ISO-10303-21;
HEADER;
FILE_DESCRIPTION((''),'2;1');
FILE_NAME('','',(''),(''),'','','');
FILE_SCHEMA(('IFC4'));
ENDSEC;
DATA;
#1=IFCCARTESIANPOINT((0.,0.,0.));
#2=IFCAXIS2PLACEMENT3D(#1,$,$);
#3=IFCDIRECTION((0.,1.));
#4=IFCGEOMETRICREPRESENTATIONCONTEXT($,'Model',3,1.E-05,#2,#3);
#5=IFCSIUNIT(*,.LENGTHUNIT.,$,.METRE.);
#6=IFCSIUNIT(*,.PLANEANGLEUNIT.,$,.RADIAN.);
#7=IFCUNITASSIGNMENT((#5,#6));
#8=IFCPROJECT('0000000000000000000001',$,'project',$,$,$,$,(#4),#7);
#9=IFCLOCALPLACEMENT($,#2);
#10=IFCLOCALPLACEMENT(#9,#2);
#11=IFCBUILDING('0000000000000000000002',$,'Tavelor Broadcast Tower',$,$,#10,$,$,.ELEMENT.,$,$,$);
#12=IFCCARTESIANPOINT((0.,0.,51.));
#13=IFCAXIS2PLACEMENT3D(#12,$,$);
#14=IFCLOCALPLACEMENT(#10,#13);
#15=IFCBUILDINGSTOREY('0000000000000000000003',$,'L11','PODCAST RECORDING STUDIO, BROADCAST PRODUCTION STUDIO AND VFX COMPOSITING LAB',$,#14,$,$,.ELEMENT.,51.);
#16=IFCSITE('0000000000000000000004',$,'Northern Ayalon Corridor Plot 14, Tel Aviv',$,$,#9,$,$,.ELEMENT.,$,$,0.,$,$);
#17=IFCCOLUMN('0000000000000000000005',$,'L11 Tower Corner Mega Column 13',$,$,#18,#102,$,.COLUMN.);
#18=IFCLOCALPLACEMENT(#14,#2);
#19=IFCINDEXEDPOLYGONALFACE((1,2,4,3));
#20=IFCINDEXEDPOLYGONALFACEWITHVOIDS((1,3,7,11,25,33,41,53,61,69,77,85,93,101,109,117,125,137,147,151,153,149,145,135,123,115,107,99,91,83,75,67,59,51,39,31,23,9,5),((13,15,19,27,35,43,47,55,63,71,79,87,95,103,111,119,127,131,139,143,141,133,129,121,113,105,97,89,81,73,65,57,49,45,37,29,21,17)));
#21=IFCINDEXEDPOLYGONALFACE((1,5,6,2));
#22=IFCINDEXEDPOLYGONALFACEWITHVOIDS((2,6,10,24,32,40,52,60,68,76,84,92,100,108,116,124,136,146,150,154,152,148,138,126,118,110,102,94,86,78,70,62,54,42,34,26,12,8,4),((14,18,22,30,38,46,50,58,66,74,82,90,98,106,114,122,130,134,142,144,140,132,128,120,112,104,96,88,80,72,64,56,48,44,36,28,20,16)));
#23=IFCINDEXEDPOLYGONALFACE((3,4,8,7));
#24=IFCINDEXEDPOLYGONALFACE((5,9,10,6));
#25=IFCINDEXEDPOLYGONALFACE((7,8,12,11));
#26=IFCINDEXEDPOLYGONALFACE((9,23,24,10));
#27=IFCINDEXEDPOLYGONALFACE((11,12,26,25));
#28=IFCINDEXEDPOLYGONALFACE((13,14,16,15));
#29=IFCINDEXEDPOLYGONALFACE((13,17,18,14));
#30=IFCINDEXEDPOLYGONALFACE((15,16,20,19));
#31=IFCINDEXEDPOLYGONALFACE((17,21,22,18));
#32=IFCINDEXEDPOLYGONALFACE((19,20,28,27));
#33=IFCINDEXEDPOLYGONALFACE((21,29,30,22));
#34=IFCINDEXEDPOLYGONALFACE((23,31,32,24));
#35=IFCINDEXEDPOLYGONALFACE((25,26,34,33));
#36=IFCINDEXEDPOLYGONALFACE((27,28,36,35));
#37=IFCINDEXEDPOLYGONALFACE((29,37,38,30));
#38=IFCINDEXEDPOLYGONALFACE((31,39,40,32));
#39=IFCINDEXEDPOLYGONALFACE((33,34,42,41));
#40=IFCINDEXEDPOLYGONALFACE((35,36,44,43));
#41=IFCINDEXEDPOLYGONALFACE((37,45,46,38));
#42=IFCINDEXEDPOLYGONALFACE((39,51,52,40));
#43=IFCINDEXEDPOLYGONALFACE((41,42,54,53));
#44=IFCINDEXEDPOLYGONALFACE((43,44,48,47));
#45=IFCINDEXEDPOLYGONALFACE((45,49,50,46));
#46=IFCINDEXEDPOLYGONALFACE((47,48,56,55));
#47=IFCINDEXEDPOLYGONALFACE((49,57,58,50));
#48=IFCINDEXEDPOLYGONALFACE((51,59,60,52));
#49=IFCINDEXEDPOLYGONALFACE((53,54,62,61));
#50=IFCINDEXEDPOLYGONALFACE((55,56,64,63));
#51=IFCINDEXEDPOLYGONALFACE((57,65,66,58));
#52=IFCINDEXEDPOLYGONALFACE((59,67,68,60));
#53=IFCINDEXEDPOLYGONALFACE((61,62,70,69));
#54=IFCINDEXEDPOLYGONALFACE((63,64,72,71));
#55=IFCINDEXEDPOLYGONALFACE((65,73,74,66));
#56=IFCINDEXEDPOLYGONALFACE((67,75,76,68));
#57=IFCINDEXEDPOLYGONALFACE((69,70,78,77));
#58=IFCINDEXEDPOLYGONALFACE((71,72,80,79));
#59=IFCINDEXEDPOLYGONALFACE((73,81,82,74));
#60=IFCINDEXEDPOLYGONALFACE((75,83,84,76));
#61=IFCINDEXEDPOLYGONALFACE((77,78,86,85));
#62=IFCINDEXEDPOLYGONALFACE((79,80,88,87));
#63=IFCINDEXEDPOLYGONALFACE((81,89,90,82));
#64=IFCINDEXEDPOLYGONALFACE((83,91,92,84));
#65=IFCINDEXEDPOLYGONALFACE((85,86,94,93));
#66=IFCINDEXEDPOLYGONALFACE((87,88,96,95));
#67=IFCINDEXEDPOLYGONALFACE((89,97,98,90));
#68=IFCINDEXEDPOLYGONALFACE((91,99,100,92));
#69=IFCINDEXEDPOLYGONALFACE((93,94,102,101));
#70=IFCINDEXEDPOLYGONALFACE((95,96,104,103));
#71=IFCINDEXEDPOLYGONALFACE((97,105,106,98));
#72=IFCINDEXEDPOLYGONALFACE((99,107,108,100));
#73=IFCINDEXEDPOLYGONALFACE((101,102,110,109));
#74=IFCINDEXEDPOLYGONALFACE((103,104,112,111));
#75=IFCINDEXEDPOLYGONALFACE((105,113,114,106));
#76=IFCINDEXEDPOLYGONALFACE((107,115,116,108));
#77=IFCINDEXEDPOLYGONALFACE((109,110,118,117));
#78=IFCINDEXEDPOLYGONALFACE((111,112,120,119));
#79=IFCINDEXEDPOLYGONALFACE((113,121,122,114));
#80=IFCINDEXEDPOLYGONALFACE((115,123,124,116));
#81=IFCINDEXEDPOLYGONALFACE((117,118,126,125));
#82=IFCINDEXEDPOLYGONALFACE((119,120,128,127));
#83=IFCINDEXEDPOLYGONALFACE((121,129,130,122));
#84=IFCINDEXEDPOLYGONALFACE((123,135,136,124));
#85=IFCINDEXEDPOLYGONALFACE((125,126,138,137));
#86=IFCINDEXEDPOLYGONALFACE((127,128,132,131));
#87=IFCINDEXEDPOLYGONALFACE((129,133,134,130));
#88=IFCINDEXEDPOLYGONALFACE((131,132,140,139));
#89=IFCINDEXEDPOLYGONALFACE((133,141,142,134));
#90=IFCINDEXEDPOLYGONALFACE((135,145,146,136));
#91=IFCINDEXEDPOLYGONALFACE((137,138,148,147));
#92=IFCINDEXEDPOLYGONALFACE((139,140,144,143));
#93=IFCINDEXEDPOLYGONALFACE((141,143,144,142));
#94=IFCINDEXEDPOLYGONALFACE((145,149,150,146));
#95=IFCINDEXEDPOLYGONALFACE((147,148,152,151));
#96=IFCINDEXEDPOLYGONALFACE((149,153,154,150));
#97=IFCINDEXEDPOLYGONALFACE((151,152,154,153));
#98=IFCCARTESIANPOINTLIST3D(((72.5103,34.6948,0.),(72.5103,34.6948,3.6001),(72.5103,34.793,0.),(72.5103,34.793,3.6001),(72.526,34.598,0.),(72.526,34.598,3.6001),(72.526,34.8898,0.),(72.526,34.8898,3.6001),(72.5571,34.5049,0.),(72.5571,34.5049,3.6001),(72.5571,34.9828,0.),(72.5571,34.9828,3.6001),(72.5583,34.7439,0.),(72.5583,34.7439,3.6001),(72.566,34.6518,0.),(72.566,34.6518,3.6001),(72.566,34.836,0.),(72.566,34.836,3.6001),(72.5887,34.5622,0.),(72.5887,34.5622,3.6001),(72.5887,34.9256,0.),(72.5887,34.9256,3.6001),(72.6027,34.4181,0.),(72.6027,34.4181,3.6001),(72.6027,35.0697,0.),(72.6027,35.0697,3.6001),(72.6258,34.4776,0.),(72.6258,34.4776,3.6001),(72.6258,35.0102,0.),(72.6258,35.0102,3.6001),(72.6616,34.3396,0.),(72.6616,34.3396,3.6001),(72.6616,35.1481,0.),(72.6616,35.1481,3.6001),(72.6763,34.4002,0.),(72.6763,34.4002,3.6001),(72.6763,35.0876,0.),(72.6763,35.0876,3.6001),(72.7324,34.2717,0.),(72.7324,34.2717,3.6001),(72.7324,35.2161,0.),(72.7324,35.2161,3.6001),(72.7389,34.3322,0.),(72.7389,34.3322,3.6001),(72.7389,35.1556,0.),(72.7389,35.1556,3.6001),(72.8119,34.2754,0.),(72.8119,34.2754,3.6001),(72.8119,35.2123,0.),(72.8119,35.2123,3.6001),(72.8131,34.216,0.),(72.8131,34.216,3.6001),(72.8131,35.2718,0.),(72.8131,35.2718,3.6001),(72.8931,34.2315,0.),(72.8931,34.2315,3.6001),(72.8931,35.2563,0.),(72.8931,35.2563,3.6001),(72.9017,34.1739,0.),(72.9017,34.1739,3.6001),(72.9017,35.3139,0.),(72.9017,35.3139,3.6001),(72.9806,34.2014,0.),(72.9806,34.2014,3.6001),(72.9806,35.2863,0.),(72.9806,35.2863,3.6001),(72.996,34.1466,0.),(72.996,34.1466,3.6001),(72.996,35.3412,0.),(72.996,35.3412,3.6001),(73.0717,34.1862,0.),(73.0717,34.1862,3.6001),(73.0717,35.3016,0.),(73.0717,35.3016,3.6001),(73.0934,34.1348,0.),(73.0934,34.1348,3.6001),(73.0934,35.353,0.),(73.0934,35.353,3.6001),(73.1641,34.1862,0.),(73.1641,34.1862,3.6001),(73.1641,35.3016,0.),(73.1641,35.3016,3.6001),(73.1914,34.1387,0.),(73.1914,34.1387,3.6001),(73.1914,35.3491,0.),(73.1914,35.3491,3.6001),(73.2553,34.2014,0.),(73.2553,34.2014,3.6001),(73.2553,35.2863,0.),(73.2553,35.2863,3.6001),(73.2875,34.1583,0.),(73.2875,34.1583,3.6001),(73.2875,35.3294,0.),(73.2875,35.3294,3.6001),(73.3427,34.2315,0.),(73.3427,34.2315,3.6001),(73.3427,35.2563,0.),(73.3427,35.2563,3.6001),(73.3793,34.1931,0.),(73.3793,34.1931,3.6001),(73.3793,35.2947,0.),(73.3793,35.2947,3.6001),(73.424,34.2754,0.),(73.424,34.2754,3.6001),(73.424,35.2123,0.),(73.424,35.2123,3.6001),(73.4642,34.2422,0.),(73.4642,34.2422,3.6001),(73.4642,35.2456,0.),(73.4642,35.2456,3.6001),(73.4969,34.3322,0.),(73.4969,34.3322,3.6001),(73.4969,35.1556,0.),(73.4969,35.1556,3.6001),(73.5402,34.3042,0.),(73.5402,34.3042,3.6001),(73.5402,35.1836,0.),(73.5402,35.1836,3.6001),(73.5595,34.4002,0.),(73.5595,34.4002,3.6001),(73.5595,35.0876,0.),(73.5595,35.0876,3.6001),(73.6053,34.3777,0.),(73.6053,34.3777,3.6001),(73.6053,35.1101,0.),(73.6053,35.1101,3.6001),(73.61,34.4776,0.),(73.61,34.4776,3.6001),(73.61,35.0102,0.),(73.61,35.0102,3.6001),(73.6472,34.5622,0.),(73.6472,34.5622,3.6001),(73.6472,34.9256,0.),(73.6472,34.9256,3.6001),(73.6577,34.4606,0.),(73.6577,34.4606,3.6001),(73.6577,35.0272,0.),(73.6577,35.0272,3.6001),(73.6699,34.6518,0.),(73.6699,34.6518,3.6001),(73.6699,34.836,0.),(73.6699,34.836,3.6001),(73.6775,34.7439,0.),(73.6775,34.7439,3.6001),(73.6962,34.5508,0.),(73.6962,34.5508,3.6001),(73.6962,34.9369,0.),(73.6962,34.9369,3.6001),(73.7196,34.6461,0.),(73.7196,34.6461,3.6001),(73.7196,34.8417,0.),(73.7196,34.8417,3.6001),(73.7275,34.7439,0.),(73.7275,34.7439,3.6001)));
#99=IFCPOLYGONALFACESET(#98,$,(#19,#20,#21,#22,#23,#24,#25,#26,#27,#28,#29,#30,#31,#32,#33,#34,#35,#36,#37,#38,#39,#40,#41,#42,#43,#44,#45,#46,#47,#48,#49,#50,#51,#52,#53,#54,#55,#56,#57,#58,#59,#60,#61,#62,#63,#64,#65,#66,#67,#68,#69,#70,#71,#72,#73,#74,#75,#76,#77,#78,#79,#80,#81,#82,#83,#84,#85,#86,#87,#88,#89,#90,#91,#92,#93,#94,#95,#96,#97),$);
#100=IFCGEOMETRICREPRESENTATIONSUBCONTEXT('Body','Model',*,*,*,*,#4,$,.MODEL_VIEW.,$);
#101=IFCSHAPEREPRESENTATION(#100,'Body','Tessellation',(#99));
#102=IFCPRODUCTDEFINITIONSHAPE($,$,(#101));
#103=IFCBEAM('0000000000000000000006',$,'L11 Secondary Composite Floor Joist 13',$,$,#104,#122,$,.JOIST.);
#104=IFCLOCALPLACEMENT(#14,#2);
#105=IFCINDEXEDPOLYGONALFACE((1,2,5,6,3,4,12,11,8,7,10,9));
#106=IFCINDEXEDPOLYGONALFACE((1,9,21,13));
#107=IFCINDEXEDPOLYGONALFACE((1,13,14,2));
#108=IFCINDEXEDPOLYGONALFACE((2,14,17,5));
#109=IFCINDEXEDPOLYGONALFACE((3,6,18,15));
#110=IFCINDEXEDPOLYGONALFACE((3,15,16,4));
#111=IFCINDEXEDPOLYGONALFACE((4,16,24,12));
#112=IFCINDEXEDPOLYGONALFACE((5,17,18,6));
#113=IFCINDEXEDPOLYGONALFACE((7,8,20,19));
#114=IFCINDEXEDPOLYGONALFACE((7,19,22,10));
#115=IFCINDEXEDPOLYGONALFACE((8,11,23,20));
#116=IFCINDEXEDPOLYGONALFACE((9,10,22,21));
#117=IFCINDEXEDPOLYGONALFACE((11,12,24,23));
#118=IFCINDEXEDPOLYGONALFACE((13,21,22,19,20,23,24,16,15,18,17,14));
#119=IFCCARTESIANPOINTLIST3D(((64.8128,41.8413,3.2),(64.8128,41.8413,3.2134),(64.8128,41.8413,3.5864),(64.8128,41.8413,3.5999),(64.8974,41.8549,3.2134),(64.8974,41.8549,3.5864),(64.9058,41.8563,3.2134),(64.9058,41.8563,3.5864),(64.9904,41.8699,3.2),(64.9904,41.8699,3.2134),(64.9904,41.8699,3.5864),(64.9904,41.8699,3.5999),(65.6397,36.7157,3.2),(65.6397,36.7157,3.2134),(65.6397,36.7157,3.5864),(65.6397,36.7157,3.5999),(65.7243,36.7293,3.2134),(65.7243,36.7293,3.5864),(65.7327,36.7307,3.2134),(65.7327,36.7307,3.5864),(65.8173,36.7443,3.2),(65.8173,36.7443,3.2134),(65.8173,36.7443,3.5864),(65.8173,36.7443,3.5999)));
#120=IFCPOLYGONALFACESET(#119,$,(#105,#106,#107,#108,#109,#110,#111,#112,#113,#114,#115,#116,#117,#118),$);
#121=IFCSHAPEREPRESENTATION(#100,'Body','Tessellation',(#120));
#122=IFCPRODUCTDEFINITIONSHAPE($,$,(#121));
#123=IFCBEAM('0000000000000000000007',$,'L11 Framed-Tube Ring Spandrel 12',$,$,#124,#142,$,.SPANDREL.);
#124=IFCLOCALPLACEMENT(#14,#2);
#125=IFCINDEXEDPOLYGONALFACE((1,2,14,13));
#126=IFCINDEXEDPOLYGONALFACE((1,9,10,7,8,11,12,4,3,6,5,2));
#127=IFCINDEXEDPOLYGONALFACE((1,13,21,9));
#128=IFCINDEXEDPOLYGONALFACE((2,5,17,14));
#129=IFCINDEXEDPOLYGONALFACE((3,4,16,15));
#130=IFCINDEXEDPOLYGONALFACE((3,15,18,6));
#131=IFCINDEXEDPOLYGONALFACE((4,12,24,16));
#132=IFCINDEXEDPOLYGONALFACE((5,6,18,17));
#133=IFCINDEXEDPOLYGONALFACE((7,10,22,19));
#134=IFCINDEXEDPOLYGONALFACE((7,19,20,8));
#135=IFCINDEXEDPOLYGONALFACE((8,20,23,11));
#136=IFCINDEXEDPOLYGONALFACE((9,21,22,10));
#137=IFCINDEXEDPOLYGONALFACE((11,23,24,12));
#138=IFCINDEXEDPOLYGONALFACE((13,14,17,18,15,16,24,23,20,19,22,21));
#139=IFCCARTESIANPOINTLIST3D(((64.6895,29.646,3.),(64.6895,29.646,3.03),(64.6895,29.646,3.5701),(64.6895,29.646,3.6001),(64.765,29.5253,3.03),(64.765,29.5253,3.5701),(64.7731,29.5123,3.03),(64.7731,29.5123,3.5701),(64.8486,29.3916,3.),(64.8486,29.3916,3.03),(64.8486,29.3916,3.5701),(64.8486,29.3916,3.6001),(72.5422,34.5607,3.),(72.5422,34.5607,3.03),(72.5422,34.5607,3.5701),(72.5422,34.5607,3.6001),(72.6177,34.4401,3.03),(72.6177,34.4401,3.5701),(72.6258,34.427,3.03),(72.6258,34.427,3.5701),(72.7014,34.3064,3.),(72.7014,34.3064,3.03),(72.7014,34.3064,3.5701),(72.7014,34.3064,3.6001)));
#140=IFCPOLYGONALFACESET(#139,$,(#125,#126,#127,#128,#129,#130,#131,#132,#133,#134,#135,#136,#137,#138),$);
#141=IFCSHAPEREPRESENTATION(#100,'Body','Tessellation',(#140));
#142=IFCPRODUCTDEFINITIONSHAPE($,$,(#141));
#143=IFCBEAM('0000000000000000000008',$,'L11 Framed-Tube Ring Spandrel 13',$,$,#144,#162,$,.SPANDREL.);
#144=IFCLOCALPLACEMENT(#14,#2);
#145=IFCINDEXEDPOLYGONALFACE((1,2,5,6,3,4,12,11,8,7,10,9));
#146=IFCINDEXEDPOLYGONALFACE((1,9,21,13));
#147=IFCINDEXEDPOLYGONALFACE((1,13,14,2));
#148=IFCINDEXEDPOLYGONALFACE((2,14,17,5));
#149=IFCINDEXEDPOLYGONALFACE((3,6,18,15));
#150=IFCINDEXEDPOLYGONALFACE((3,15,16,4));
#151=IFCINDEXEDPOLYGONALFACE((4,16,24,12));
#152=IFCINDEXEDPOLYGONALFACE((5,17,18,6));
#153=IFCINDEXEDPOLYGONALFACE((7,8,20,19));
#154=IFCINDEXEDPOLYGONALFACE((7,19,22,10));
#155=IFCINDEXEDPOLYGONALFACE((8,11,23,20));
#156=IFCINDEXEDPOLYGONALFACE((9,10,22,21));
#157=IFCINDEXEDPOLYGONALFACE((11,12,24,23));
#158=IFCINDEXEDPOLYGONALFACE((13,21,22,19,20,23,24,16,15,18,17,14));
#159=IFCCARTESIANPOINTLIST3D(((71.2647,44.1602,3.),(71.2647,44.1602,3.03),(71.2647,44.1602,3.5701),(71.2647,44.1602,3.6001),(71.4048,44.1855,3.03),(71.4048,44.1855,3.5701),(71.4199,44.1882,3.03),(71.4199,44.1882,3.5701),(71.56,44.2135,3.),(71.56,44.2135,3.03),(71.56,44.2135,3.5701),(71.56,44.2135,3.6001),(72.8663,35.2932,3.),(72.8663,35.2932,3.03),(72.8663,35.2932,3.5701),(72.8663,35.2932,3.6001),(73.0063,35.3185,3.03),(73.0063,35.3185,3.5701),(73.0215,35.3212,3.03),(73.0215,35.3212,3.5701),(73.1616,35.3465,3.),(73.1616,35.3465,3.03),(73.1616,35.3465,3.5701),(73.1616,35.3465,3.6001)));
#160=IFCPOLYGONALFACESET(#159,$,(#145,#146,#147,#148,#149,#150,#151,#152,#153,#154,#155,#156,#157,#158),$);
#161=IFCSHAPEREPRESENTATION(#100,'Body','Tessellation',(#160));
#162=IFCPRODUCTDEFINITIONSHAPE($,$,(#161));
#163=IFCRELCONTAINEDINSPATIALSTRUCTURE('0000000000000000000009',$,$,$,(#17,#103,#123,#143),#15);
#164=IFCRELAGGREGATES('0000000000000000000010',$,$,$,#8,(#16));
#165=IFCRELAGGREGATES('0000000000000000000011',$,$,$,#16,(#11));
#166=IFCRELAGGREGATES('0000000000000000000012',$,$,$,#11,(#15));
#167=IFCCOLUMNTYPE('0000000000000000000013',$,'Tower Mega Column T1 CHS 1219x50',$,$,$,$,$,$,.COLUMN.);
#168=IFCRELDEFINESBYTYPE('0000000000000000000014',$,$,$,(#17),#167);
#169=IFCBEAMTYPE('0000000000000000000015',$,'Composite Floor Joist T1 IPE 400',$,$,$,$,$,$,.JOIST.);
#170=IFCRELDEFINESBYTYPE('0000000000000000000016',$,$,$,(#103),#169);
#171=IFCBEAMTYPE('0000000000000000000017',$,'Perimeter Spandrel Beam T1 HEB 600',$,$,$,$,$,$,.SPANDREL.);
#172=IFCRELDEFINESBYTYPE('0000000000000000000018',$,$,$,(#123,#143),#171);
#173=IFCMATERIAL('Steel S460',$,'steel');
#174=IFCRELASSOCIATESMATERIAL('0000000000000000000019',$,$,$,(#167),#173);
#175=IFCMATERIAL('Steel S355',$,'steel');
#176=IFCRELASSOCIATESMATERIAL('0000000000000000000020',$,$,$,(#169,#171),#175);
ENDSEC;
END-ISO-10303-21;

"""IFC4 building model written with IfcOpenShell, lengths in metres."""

from ifc_helpers import new_model, si_unit, direction, frame, origin, origin_2d, place, context, subcontext, project, spatial, hollow_circle, i_section, extrude, material, material_profile, profile_set, type_object, element, save


model = new_model("IFC4")

# Units and contexts
model_context = context("Model", 3, precision=1e-05, world=origin(), true_north=direction((0.0, 1.0)))
body_context = subcontext(model_context, "Body", "Model", "MODEL_VIEW")
ifc_project = project(units=[si_unit("LENGTHUNIT", "METRE"), si_unit("PLANEANGLEUNIT", "RADIAN")], contexts=[model_context])

# Site, building, storey
site_placement = place(None, origin())
site = spatial("IfcSite", under=ifc_project, at=site_placement, Name="Northern Ayalon Corridor Plot 14, Tel Aviv", CompositionType="ELEMENT", RefElevation=0.0)
building_placement = place(site_placement, origin())
building = spatial("IfcBuilding", under=site, at=building_placement, Name="Tavelor Broadcast Tower", CompositionType="ELEMENT")
storey_placement = place(building_placement, frame((0.0, 0.0, 51.0)))
storey = spatial("IfcBuildingStorey", under=building, at=storey_placement, Name="L11", Description="PODCAST RECORDING STUDIO, BROADCAST PRODUCTION STUDIO AND VFX COMPOSITING LAB", CompositionType="ELEMENT", Elevation=51.0)

# Column
ifc_material_1 = material(Name="Steel S460", Category="steel")
ifc_material_profile_1 = material_profile(ifc_material_1, hollow_circle(Radius=0.6096, WallThickness=0.05, at=origin_2d()), Name="CHS 1219x50")
ifc_profile_set_1 = profile_set([ifc_material_profile_1], Name="Steel S460")
column_type = type_object("IfcColumnType", Name="Tower Mega Column T1 CHS 1219x50", PredefinedType="COLUMN", material=ifc_profile_set_1)
column_placement = place(storey_placement, frame((73.1179, 34.7439, 0.0), z_axis=(0.0, 0.0, 1.0), x_axis=(1.0, 0.0, 0.0)))
element("IfcColumn", 1, at=column_placement, inside=storey, type_object=column_type, Name="L11 Tower Corner Mega Column 13", PredefinedType="COLUMN", context=body_context, shape_type="SweptSolid", body=[
    extrude(hollow_circle(Radius=0.6096, WallThickness=0.05, at=origin_2d()), origin(), (0.0, 0.0, 1.0), 3.6001),
])

# Beams
ifc_material_2 = material(Name="Steel S355", Category="steel")
ifc_material_profile_2 = material_profile(ifc_material_2, i_section(OverallWidth=0.1799, OverallDepth=0.3999, WebThickness=0.0085, FlangeThickness=0.0134, at=origin_2d()), Name="IPE 400")
ifc_profile_set_2 = profile_set([ifc_material_profile_2], Name="Steel S355")
beam_type_1 = type_object("IfcBeamType", Name="Composite Floor Joist T1 IPE 400", PredefinedType="JOIST", material=ifc_profile_set_2)
beam_1_placement = place(storey_placement, frame((65.7285, 36.73, 3.3999), z_axis=(-0.159265, 0.987236, 0.0), x_axis=(-0.987236, -0.159265, 0.0)))
element("IfcBeam", 2, at=beam_1_placement, inside=storey, type_object=beam_type_1, Name="L11 Secondary Composite Floor Joist 13", PredefinedType="JOIST", context=body_context, shape_type="SweptSolid", body=[
    extrude(i_section(OverallWidth=0.1799, OverallDepth=0.3999, WebThickness=0.0085, FlangeThickness=0.0134, at=origin_2d()), origin(), (0.0, 0.0, 1.0), 5.1919),
])
ifc_material_profile_3 = material_profile(ifc_material_2, i_section(OverallWidth=0.3, OverallDepth=0.6001, WebThickness=0.0154, FlangeThickness=0.03, at=origin_2d()), Name="HEB 600")
ifc_profile_set_3 = profile_set([ifc_material_profile_3], Name="Steel S355")
beam_type_2 = type_object("IfcBeamType", Name="Perimeter Spandrel Beam T1 HEB 600", PredefinedType="SPANDREL", material=ifc_profile_set_3)
beam_2_placement = place(storey_placement, frame((64.769, 29.5188, 3.3), z_axis=(0.847668, 0.530527, 0.0), x_axis=(-0.530527, 0.847668, 0.0)))
element("IfcBeam", 3, at=beam_2_placement, inside=storey, type_object=beam_type_2, Name="L11 Framed-Tube Ring Spandrel 12", PredefinedType="SPANDREL", context=body_context, shape_type="SweptSolid", body=[
    extrude(i_section(OverallWidth=0.3, OverallDepth=0.6001, WebThickness=0.0154, FlangeThickness=0.03, at=origin_2d()), origin(), (0.0, 0.0, 1.0), 9.2639),
])
beam_3_placement = place(storey_placement, frame((73.0139, 35.3198, 3.3), z_axis=(-0.177746, 0.984076, 0.0), x_axis=(-0.984076, -0.177746, 0.0)))
element("IfcBeam", 4, at=beam_3_placement, inside=storey, type_object=beam_type_2, Name="L11 Framed-Tube Ring Spandrel 13", PredefinedType="SPANDREL", context=body_context, shape_type="SweptSolid", body=[
    extrude(i_section(OverallWidth=0.3, OverallDepth=0.6001, WebThickness=0.0154, FlangeThickness=0.03, at=origin_2d()), origin(), (0.0, 0.0, 1.0), 9.0105),
])

save(model, "model.ifc")
